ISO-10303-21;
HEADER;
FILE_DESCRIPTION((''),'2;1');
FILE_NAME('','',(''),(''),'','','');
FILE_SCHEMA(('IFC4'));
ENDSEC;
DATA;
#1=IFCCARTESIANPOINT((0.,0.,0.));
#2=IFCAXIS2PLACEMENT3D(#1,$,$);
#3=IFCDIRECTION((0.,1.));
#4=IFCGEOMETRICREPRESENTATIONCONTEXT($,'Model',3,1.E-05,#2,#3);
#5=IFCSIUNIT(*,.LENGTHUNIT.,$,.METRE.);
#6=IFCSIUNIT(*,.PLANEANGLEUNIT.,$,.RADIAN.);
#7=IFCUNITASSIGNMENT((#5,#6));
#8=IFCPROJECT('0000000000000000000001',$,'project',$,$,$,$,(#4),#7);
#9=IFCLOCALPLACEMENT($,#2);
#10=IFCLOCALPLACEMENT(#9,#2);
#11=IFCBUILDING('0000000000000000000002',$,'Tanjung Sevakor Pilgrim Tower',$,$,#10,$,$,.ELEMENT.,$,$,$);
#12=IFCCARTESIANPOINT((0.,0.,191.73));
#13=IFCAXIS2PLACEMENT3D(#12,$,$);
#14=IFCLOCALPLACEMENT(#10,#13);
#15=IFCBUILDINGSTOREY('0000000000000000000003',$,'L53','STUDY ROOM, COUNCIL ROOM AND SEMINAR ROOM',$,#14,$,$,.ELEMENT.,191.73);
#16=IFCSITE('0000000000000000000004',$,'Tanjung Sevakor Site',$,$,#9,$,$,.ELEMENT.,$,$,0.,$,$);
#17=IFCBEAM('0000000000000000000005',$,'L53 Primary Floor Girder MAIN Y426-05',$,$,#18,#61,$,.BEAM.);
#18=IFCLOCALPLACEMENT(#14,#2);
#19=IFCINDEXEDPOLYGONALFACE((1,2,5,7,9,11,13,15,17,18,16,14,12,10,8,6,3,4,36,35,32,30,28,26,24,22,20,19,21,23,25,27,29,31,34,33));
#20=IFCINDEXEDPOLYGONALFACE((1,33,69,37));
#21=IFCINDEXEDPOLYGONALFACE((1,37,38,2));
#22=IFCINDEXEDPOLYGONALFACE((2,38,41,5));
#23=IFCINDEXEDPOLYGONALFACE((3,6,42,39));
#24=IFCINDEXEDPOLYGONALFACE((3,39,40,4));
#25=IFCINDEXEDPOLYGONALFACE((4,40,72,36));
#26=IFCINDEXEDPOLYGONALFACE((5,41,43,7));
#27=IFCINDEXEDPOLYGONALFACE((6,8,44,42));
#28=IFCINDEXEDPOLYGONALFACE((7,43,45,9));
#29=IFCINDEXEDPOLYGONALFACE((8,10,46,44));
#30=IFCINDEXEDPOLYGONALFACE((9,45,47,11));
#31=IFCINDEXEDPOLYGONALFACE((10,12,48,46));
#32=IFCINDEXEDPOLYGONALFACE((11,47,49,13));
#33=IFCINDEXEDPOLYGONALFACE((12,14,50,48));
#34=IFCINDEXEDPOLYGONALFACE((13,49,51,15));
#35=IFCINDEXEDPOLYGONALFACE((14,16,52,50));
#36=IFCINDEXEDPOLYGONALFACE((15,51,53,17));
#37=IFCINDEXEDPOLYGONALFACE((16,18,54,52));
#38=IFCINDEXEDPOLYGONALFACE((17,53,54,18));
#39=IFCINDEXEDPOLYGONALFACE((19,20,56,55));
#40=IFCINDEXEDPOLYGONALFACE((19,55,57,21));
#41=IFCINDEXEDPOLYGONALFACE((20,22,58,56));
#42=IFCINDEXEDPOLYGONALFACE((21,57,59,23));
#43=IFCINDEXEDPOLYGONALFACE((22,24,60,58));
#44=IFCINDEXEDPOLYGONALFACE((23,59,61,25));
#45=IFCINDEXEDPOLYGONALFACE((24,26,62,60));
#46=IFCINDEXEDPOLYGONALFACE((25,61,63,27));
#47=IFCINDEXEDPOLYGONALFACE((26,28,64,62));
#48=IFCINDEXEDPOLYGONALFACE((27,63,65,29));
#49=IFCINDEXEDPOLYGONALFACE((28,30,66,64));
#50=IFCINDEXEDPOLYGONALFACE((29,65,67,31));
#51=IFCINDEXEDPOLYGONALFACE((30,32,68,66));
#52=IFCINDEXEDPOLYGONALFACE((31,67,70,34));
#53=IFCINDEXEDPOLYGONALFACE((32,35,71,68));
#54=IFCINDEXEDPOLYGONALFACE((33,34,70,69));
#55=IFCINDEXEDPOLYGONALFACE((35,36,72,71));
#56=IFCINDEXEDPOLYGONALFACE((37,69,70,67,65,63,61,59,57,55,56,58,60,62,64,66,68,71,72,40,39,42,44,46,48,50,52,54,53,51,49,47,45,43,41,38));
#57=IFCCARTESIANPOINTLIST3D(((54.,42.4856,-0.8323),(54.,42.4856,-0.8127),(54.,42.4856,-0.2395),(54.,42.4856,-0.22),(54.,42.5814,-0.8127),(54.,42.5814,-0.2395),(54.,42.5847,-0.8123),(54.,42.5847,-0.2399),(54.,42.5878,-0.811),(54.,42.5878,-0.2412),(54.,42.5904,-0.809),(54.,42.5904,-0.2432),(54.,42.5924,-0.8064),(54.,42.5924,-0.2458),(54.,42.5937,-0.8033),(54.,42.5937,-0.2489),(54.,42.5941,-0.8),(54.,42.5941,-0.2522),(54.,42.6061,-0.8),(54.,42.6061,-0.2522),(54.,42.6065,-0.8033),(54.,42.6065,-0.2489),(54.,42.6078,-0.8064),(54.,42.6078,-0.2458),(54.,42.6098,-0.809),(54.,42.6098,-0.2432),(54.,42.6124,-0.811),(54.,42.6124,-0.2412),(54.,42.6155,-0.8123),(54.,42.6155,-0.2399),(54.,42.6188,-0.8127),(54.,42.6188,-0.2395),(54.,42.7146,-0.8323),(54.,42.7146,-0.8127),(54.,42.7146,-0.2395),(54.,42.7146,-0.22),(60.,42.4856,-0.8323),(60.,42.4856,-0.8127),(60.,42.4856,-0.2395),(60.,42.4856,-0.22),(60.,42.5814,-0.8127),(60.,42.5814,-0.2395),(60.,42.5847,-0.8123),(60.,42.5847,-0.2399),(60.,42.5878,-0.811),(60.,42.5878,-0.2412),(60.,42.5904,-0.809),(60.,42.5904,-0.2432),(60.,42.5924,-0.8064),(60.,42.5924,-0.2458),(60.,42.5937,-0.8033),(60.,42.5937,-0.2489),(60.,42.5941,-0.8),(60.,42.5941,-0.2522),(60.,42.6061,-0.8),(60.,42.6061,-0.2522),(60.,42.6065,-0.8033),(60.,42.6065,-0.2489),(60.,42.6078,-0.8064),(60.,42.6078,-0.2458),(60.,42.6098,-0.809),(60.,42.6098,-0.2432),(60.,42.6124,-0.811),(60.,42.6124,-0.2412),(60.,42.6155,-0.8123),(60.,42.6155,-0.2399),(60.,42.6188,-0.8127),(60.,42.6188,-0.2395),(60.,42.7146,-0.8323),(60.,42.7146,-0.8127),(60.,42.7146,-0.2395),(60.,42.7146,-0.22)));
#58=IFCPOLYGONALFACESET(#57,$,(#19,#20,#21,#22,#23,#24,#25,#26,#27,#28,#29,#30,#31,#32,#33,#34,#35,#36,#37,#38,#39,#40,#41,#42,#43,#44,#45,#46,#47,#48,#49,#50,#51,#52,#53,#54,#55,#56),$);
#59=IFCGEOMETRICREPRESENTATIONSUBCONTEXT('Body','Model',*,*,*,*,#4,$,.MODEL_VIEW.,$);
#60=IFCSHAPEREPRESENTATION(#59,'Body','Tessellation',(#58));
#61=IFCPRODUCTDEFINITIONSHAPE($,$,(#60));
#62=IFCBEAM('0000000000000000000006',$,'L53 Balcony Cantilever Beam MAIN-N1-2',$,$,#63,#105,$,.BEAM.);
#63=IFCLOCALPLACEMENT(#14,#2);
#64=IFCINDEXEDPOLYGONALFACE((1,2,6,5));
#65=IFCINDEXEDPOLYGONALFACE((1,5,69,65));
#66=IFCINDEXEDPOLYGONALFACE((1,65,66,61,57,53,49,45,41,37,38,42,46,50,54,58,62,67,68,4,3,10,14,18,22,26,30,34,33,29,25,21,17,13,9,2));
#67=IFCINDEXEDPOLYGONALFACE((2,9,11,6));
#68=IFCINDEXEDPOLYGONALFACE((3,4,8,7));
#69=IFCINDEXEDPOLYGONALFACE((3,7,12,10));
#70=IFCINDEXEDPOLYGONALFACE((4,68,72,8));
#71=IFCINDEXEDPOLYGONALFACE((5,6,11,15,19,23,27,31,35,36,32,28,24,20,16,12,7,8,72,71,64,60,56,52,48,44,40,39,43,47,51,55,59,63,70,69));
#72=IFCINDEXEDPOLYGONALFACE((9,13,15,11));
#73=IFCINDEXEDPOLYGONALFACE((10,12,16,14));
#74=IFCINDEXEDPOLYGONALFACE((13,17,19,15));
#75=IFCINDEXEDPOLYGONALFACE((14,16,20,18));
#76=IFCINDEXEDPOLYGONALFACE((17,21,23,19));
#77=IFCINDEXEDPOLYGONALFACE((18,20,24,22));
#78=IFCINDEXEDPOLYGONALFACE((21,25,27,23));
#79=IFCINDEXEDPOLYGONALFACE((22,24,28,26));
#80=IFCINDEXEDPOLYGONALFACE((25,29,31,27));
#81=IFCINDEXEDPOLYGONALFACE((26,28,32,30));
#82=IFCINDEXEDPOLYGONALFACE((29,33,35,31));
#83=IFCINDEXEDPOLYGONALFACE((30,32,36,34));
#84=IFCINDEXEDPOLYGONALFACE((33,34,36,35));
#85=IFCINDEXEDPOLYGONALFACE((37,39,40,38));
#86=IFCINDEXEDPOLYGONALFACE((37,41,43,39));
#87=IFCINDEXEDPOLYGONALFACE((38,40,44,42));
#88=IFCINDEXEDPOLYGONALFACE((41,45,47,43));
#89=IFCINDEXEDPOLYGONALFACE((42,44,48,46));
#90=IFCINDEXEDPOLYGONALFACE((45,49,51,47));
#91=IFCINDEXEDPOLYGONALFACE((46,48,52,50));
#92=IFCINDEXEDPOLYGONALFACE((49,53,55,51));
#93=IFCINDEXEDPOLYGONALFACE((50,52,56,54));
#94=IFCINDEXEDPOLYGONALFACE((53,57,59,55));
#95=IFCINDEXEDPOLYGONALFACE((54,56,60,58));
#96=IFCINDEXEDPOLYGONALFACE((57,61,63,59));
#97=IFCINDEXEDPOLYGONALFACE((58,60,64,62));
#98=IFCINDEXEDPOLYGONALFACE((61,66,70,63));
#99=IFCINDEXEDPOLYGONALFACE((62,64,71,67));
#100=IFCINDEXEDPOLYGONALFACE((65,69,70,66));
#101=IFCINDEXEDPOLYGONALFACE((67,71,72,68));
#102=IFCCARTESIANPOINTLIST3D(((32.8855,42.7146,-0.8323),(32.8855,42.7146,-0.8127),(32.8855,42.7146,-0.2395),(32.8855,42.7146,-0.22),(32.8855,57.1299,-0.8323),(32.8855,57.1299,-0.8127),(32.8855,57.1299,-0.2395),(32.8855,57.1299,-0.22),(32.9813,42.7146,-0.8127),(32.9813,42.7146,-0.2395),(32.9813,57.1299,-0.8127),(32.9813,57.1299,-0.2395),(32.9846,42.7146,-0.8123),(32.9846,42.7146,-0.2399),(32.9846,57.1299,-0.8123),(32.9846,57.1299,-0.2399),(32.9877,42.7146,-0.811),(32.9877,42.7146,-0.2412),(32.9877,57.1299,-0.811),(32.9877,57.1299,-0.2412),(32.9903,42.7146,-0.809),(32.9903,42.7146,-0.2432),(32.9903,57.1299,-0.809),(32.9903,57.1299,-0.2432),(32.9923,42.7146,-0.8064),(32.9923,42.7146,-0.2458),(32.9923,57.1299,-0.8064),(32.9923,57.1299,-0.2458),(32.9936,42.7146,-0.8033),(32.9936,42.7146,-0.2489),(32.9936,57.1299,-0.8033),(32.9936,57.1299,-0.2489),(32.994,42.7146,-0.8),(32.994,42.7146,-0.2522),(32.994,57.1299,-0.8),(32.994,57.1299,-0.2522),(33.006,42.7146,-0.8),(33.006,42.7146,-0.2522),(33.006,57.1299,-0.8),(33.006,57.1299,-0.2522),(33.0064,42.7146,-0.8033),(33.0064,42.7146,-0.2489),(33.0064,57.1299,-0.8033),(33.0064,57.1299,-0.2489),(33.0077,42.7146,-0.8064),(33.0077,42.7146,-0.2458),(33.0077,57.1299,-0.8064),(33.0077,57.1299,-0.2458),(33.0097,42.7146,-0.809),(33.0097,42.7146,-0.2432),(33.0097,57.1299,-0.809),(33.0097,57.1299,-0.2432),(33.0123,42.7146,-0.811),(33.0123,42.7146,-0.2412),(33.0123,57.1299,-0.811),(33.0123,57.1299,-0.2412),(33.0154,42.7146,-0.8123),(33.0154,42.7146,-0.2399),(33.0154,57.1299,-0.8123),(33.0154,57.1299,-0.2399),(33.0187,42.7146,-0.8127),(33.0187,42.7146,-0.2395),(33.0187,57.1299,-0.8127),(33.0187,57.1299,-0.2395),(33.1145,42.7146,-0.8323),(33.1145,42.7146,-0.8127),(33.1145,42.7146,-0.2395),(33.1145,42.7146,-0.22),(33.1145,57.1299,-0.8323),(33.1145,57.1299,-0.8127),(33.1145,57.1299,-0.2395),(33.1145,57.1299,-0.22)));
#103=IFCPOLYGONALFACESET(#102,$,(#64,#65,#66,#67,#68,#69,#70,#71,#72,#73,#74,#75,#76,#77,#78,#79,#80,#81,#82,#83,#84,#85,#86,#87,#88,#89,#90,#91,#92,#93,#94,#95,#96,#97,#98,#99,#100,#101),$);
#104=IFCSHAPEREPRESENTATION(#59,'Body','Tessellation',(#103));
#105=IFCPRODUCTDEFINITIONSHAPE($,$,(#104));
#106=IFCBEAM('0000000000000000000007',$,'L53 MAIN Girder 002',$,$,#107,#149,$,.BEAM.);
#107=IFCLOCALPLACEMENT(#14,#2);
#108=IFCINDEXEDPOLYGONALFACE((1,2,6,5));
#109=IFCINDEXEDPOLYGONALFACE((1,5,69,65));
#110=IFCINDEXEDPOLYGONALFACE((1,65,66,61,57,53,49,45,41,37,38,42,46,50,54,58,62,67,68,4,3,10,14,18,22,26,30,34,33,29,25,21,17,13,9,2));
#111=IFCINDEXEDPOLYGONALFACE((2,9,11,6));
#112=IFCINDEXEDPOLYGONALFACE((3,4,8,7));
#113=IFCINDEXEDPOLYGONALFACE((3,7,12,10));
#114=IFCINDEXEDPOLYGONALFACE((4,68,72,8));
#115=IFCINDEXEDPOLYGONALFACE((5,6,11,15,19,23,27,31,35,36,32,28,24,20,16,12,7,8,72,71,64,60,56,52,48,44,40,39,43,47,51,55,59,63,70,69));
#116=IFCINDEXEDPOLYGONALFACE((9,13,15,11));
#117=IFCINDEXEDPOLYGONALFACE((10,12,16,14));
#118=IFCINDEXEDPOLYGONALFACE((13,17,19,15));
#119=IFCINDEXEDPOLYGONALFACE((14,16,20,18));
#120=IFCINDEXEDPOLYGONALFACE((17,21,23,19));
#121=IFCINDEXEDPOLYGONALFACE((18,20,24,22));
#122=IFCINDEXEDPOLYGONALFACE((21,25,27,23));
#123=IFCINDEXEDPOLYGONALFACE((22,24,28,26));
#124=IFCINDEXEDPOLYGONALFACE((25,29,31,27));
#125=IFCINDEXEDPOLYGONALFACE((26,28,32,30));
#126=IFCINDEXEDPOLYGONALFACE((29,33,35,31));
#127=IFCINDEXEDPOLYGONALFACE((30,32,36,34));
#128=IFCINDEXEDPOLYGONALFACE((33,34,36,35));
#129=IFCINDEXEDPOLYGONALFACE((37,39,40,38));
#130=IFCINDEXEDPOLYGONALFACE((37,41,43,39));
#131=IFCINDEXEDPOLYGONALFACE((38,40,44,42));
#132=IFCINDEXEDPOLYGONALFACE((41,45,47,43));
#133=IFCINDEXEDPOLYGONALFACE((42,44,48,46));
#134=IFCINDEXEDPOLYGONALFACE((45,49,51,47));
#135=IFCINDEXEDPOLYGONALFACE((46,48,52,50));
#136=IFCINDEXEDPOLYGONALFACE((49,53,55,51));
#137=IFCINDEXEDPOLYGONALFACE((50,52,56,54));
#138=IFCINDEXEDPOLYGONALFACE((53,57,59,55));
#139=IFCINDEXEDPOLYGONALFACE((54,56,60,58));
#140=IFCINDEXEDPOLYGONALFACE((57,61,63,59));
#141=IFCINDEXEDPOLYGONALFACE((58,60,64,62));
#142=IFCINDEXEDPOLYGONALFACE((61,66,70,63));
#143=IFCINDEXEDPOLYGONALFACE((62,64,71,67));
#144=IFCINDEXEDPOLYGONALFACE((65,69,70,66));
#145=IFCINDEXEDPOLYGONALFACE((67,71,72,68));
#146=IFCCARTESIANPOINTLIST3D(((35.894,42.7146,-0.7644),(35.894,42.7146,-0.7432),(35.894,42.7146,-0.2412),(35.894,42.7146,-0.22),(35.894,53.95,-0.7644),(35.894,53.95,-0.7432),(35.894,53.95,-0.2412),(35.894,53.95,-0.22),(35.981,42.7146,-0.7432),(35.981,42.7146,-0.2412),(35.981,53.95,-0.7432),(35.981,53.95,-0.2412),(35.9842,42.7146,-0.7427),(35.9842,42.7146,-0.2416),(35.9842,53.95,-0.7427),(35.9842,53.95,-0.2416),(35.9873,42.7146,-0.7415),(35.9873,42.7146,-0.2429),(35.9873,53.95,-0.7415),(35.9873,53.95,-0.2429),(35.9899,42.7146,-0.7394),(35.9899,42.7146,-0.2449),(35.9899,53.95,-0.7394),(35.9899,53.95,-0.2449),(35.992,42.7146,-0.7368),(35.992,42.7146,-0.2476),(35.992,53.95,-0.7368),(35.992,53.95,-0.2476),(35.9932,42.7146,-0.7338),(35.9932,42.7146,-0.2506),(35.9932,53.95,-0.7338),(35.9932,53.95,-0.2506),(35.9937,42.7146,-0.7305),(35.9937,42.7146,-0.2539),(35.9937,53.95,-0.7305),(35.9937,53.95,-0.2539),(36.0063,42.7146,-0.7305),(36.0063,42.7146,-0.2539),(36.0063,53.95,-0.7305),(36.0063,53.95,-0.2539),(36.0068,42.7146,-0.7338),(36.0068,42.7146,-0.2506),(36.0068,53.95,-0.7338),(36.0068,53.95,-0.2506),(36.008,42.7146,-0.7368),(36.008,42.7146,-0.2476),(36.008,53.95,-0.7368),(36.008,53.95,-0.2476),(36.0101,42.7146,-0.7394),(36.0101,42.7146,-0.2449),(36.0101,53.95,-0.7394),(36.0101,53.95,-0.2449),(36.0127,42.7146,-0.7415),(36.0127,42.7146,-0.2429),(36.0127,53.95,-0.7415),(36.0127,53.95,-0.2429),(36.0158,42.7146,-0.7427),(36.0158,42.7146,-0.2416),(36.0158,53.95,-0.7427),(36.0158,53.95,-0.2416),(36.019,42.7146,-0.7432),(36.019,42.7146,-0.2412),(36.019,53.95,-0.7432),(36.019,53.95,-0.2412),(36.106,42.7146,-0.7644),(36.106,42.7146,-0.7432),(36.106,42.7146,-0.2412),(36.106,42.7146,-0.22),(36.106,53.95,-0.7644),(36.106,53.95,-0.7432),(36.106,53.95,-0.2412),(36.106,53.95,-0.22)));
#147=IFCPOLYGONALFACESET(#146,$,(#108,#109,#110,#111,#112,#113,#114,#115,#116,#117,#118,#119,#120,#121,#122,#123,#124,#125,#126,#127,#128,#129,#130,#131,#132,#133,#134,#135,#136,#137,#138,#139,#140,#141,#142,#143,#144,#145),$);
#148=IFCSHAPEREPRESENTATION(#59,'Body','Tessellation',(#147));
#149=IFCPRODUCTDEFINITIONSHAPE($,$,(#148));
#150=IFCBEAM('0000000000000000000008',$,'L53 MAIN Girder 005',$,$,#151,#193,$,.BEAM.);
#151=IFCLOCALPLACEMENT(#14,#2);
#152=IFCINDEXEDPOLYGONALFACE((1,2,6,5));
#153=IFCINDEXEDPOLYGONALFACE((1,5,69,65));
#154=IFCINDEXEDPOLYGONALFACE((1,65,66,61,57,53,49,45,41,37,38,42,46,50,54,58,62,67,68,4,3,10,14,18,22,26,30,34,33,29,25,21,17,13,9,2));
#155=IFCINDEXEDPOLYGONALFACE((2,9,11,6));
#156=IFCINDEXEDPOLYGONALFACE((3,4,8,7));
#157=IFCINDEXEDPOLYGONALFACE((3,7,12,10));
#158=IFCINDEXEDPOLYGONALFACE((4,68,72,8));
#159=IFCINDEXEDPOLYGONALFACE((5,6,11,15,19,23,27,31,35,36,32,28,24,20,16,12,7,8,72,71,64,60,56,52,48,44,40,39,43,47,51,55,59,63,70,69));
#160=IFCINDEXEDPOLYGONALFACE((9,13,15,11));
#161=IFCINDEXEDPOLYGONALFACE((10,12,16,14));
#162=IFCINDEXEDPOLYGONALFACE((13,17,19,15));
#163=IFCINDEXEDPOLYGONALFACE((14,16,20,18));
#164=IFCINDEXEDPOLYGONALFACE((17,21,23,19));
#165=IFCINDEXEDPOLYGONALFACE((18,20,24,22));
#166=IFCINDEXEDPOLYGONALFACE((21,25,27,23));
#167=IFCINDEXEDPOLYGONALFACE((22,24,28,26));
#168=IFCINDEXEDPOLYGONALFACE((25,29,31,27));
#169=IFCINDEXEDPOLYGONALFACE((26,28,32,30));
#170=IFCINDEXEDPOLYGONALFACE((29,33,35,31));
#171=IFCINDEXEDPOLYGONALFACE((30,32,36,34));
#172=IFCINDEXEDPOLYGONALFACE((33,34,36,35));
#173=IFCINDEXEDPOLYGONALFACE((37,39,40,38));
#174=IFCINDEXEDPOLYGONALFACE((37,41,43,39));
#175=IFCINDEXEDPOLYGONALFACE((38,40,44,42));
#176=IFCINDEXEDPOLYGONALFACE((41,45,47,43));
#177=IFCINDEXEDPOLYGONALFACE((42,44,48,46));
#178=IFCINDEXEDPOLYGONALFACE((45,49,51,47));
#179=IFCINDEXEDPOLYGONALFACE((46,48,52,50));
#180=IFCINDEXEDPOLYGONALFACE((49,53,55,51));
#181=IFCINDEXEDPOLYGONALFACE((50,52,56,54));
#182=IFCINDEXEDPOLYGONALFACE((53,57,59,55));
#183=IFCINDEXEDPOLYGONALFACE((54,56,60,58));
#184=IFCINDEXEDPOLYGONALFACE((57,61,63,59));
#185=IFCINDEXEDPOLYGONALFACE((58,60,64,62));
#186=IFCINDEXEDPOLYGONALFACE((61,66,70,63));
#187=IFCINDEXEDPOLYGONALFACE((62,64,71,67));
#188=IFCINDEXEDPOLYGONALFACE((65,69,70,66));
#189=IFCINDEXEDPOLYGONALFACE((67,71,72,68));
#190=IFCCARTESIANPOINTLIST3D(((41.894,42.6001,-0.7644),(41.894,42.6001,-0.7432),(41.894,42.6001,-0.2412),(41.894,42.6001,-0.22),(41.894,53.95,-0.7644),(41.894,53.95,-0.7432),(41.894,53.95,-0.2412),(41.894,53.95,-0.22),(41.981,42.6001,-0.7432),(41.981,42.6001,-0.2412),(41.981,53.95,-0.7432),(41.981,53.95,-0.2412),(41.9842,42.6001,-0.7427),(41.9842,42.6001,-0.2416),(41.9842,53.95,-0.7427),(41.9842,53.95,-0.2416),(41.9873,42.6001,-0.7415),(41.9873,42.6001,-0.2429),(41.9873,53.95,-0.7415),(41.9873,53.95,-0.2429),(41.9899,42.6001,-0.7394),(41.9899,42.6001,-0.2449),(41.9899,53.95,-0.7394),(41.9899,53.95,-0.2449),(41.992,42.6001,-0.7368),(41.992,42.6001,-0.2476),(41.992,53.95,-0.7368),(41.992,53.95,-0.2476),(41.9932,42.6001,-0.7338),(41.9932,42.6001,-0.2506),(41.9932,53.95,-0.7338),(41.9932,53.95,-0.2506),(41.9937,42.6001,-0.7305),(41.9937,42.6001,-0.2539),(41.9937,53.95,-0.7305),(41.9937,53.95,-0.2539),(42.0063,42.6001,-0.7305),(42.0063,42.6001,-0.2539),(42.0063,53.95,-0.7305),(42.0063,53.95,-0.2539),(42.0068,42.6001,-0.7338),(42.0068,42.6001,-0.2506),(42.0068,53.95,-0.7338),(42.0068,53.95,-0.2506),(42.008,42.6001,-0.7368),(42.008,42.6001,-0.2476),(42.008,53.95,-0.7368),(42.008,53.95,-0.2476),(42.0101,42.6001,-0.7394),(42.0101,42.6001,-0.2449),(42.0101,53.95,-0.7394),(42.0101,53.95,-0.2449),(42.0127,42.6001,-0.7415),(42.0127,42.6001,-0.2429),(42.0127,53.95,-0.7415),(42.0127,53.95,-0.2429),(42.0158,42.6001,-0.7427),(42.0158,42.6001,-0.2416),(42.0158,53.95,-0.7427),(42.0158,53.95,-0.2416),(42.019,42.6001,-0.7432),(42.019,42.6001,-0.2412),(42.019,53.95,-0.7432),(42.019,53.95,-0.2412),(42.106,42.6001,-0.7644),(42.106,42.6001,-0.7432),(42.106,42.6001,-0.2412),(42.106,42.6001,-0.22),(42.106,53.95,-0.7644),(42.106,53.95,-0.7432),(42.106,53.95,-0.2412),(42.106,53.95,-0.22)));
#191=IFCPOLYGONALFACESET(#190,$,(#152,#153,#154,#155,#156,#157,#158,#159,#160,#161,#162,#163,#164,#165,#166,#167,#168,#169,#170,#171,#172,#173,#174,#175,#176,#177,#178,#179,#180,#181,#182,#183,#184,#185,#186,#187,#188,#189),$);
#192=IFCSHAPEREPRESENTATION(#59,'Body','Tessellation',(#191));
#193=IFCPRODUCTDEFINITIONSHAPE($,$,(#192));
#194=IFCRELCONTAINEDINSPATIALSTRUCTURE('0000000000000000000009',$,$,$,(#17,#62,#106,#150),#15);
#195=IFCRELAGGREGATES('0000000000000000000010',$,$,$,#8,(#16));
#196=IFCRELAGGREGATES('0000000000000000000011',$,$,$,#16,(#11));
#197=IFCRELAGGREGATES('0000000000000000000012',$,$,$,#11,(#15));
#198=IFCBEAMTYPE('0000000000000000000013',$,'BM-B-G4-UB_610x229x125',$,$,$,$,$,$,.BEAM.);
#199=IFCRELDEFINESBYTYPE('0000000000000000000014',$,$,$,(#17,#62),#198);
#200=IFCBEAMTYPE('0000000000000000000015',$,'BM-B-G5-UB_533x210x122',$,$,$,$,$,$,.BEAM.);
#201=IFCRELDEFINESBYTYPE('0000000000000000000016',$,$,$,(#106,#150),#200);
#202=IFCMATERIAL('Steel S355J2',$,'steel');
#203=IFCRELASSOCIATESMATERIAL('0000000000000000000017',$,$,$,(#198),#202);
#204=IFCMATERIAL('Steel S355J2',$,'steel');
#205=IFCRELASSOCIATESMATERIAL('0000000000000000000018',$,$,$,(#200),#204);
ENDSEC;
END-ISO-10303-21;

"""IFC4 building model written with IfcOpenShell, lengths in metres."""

from ifc_helpers import new_model, si_unit, direction, frame, origin, origin_2d, place, context, subcontext, project, spatial, i_section, extrude, material, material_profile, profile_set, type_object, element, save


model = new_model("IFC4")

# Units and contexts
model_context = context("Model", 3, precision=1e-05, world=origin(), true_north=direction((0.0, 1.0)))
body_context = subcontext(model_context, "Body", "Model", "MODEL_VIEW")
ifc_project = project(units=[si_unit("LENGTHUNIT", "METRE"), si_unit("PLANEANGLEUNIT", "RADIAN")], contexts=[model_context])

# Site, building, storey
site_placement = place(None, origin())
site = spatial("IfcSite", under=ifc_project, at=site_placement, Name="Tanjung Sevakor Site", CompositionType="ELEMENT", RefElevation=0.0)
building_placement = place(site_placement, origin())
building = spatial("IfcBuilding", under=site, at=building_placement, Name="Tanjung Sevakor Pilgrim Tower", CompositionType="ELEMENT")
storey_placement = place(building_placement, frame((0.0, 0.0, 191.73)))
storey = spatial("IfcBuildingStorey", under=building, at=storey_placement, Name="L53", Description="STUDY ROOM, COUNCIL ROOM AND SEMINAR ROOM", CompositionType="ELEMENT", Elevation=191.73)

# Beams
ifc_material_1 = material(Name="Steel S355J2", Category="steel")
ifc_material_profile_1 = material_profile(ifc_material_1, i_section(OverallWidth=0.229, OverallDepth=0.6123, WebThickness=0.012, FlangeThickness=0.0195, FilletRadius=0.0127, at=origin_2d()))
ifc_profile_set_1 = profile_set([ifc_material_profile_1], Name="Steel S355J2")
beam_type_1 = type_object("IfcBeamType", Name="BM-B-G4-UB_610x229x125", PredefinedType="BEAM", material=ifc_profile_set_1)
for number, where, z_axis, x_axis, name in (
    (1, (54.0, 42.6001, -0.5261), (1.0, 0.0, 0.0), (0.0, 1.0, 0.0), "L53 Primary Floor Girder MAIN Y426-05"),
):
    element("IfcBeam", number, at=place(storey_placement, frame(where, z_axis=z_axis, x_axis=x_axis)), inside=storey, type_object=beam_type_1, Name=name, PredefinedType="BEAM", context=body_context, shape_type="SweptSolid", body=[
        extrude(i_section(OverallWidth=0.229, OverallDepth=0.6123, WebThickness=0.012, FlangeThickness=0.0195, FilletRadius=0.0127, at=origin_2d()), origin(), (0.0, 0.0, 1.0), 6.0),
    ])
beam_1_placement = place(storey_placement, frame((33.0, 42.7146, -0.5261), z_axis=(0.0, 1.0, 0.0), x_axis=(-1.0, 0.0, 0.0)))
element("IfcBeam", 2, at=beam_1_placement, inside=storey, type_object=beam_type_1, Name="L53 Balcony Cantilever Beam MAIN-N1-2", PredefinedType="BEAM", context=body_context, shape_type="SweptSolid", body=[
    extrude(i_section(OverallWidth=0.229, OverallDepth=0.6123, WebThickness=0.012, FlangeThickness=0.0195, FilletRadius=0.0127, at=origin_2d()), origin(), (0.0, 0.0, 1.0), 14.4153),
])
ifc_material_2 = material(Name="Steel S355J2", Category="steel")
ifc_material_profile_2 = material_profile(ifc_material_2, i_section(OverallWidth=0.2119, OverallDepth=0.5444, WebThickness=0.0127, FlangeThickness=0.0212, FilletRadius=0.0127, at=origin_2d()))
ifc_profile_set_2 = profile_set([ifc_material_profile_2], Name="Steel S355J2")
beam_type_2 = type_object("IfcBeamType", Name="BM-B-G5-UB_533x210x122", PredefinedType="BEAM", material=ifc_profile_set_2)
beam_2_placement = place(storey_placement, frame((36.0, 42.7146, -0.4922), z_axis=(0.0, 1.0, 0.0), x_axis=(-1.0, 0.0, 0.0)))
element("IfcBeam", 3, at=beam_2_placement, inside=storey, type_object=beam_type_2, Name="L53 MAIN Girder 002", PredefinedType="BEAM", context=body_context, shape_type="SweptSolid", body=[
    extrude(i_section(OverallWidth=0.2119, OverallDepth=0.5444, WebThickness=0.0127, FlangeThickness=0.0212, FilletRadius=0.0127, at=origin_2d()), origin(), (0.0, 0.0, 1.0), 11.2354),
])
beam_3_placement = place(storey_placement, frame((42.0, 42.6001, -0.4922), z_axis=(0.0, 1.0, 0.0), x_axis=(-1.0, 0.0, 0.0)))
element("IfcBeam", 4, at=beam_3_placement, inside=storey, type_object=beam_type_2, Name="L53 MAIN Girder 005", PredefinedType="BEAM", context=body_context, shape_type="SweptSolid", body=[
    extrude(i_section(OverallWidth=0.2119, OverallDepth=0.5444, WebThickness=0.0127, FlangeThickness=0.0212, FilletRadius=0.0127, at=origin_2d()), origin(), (0.0, 0.0, 1.0), 11.3499),
])

save(model, "model.ifc")
